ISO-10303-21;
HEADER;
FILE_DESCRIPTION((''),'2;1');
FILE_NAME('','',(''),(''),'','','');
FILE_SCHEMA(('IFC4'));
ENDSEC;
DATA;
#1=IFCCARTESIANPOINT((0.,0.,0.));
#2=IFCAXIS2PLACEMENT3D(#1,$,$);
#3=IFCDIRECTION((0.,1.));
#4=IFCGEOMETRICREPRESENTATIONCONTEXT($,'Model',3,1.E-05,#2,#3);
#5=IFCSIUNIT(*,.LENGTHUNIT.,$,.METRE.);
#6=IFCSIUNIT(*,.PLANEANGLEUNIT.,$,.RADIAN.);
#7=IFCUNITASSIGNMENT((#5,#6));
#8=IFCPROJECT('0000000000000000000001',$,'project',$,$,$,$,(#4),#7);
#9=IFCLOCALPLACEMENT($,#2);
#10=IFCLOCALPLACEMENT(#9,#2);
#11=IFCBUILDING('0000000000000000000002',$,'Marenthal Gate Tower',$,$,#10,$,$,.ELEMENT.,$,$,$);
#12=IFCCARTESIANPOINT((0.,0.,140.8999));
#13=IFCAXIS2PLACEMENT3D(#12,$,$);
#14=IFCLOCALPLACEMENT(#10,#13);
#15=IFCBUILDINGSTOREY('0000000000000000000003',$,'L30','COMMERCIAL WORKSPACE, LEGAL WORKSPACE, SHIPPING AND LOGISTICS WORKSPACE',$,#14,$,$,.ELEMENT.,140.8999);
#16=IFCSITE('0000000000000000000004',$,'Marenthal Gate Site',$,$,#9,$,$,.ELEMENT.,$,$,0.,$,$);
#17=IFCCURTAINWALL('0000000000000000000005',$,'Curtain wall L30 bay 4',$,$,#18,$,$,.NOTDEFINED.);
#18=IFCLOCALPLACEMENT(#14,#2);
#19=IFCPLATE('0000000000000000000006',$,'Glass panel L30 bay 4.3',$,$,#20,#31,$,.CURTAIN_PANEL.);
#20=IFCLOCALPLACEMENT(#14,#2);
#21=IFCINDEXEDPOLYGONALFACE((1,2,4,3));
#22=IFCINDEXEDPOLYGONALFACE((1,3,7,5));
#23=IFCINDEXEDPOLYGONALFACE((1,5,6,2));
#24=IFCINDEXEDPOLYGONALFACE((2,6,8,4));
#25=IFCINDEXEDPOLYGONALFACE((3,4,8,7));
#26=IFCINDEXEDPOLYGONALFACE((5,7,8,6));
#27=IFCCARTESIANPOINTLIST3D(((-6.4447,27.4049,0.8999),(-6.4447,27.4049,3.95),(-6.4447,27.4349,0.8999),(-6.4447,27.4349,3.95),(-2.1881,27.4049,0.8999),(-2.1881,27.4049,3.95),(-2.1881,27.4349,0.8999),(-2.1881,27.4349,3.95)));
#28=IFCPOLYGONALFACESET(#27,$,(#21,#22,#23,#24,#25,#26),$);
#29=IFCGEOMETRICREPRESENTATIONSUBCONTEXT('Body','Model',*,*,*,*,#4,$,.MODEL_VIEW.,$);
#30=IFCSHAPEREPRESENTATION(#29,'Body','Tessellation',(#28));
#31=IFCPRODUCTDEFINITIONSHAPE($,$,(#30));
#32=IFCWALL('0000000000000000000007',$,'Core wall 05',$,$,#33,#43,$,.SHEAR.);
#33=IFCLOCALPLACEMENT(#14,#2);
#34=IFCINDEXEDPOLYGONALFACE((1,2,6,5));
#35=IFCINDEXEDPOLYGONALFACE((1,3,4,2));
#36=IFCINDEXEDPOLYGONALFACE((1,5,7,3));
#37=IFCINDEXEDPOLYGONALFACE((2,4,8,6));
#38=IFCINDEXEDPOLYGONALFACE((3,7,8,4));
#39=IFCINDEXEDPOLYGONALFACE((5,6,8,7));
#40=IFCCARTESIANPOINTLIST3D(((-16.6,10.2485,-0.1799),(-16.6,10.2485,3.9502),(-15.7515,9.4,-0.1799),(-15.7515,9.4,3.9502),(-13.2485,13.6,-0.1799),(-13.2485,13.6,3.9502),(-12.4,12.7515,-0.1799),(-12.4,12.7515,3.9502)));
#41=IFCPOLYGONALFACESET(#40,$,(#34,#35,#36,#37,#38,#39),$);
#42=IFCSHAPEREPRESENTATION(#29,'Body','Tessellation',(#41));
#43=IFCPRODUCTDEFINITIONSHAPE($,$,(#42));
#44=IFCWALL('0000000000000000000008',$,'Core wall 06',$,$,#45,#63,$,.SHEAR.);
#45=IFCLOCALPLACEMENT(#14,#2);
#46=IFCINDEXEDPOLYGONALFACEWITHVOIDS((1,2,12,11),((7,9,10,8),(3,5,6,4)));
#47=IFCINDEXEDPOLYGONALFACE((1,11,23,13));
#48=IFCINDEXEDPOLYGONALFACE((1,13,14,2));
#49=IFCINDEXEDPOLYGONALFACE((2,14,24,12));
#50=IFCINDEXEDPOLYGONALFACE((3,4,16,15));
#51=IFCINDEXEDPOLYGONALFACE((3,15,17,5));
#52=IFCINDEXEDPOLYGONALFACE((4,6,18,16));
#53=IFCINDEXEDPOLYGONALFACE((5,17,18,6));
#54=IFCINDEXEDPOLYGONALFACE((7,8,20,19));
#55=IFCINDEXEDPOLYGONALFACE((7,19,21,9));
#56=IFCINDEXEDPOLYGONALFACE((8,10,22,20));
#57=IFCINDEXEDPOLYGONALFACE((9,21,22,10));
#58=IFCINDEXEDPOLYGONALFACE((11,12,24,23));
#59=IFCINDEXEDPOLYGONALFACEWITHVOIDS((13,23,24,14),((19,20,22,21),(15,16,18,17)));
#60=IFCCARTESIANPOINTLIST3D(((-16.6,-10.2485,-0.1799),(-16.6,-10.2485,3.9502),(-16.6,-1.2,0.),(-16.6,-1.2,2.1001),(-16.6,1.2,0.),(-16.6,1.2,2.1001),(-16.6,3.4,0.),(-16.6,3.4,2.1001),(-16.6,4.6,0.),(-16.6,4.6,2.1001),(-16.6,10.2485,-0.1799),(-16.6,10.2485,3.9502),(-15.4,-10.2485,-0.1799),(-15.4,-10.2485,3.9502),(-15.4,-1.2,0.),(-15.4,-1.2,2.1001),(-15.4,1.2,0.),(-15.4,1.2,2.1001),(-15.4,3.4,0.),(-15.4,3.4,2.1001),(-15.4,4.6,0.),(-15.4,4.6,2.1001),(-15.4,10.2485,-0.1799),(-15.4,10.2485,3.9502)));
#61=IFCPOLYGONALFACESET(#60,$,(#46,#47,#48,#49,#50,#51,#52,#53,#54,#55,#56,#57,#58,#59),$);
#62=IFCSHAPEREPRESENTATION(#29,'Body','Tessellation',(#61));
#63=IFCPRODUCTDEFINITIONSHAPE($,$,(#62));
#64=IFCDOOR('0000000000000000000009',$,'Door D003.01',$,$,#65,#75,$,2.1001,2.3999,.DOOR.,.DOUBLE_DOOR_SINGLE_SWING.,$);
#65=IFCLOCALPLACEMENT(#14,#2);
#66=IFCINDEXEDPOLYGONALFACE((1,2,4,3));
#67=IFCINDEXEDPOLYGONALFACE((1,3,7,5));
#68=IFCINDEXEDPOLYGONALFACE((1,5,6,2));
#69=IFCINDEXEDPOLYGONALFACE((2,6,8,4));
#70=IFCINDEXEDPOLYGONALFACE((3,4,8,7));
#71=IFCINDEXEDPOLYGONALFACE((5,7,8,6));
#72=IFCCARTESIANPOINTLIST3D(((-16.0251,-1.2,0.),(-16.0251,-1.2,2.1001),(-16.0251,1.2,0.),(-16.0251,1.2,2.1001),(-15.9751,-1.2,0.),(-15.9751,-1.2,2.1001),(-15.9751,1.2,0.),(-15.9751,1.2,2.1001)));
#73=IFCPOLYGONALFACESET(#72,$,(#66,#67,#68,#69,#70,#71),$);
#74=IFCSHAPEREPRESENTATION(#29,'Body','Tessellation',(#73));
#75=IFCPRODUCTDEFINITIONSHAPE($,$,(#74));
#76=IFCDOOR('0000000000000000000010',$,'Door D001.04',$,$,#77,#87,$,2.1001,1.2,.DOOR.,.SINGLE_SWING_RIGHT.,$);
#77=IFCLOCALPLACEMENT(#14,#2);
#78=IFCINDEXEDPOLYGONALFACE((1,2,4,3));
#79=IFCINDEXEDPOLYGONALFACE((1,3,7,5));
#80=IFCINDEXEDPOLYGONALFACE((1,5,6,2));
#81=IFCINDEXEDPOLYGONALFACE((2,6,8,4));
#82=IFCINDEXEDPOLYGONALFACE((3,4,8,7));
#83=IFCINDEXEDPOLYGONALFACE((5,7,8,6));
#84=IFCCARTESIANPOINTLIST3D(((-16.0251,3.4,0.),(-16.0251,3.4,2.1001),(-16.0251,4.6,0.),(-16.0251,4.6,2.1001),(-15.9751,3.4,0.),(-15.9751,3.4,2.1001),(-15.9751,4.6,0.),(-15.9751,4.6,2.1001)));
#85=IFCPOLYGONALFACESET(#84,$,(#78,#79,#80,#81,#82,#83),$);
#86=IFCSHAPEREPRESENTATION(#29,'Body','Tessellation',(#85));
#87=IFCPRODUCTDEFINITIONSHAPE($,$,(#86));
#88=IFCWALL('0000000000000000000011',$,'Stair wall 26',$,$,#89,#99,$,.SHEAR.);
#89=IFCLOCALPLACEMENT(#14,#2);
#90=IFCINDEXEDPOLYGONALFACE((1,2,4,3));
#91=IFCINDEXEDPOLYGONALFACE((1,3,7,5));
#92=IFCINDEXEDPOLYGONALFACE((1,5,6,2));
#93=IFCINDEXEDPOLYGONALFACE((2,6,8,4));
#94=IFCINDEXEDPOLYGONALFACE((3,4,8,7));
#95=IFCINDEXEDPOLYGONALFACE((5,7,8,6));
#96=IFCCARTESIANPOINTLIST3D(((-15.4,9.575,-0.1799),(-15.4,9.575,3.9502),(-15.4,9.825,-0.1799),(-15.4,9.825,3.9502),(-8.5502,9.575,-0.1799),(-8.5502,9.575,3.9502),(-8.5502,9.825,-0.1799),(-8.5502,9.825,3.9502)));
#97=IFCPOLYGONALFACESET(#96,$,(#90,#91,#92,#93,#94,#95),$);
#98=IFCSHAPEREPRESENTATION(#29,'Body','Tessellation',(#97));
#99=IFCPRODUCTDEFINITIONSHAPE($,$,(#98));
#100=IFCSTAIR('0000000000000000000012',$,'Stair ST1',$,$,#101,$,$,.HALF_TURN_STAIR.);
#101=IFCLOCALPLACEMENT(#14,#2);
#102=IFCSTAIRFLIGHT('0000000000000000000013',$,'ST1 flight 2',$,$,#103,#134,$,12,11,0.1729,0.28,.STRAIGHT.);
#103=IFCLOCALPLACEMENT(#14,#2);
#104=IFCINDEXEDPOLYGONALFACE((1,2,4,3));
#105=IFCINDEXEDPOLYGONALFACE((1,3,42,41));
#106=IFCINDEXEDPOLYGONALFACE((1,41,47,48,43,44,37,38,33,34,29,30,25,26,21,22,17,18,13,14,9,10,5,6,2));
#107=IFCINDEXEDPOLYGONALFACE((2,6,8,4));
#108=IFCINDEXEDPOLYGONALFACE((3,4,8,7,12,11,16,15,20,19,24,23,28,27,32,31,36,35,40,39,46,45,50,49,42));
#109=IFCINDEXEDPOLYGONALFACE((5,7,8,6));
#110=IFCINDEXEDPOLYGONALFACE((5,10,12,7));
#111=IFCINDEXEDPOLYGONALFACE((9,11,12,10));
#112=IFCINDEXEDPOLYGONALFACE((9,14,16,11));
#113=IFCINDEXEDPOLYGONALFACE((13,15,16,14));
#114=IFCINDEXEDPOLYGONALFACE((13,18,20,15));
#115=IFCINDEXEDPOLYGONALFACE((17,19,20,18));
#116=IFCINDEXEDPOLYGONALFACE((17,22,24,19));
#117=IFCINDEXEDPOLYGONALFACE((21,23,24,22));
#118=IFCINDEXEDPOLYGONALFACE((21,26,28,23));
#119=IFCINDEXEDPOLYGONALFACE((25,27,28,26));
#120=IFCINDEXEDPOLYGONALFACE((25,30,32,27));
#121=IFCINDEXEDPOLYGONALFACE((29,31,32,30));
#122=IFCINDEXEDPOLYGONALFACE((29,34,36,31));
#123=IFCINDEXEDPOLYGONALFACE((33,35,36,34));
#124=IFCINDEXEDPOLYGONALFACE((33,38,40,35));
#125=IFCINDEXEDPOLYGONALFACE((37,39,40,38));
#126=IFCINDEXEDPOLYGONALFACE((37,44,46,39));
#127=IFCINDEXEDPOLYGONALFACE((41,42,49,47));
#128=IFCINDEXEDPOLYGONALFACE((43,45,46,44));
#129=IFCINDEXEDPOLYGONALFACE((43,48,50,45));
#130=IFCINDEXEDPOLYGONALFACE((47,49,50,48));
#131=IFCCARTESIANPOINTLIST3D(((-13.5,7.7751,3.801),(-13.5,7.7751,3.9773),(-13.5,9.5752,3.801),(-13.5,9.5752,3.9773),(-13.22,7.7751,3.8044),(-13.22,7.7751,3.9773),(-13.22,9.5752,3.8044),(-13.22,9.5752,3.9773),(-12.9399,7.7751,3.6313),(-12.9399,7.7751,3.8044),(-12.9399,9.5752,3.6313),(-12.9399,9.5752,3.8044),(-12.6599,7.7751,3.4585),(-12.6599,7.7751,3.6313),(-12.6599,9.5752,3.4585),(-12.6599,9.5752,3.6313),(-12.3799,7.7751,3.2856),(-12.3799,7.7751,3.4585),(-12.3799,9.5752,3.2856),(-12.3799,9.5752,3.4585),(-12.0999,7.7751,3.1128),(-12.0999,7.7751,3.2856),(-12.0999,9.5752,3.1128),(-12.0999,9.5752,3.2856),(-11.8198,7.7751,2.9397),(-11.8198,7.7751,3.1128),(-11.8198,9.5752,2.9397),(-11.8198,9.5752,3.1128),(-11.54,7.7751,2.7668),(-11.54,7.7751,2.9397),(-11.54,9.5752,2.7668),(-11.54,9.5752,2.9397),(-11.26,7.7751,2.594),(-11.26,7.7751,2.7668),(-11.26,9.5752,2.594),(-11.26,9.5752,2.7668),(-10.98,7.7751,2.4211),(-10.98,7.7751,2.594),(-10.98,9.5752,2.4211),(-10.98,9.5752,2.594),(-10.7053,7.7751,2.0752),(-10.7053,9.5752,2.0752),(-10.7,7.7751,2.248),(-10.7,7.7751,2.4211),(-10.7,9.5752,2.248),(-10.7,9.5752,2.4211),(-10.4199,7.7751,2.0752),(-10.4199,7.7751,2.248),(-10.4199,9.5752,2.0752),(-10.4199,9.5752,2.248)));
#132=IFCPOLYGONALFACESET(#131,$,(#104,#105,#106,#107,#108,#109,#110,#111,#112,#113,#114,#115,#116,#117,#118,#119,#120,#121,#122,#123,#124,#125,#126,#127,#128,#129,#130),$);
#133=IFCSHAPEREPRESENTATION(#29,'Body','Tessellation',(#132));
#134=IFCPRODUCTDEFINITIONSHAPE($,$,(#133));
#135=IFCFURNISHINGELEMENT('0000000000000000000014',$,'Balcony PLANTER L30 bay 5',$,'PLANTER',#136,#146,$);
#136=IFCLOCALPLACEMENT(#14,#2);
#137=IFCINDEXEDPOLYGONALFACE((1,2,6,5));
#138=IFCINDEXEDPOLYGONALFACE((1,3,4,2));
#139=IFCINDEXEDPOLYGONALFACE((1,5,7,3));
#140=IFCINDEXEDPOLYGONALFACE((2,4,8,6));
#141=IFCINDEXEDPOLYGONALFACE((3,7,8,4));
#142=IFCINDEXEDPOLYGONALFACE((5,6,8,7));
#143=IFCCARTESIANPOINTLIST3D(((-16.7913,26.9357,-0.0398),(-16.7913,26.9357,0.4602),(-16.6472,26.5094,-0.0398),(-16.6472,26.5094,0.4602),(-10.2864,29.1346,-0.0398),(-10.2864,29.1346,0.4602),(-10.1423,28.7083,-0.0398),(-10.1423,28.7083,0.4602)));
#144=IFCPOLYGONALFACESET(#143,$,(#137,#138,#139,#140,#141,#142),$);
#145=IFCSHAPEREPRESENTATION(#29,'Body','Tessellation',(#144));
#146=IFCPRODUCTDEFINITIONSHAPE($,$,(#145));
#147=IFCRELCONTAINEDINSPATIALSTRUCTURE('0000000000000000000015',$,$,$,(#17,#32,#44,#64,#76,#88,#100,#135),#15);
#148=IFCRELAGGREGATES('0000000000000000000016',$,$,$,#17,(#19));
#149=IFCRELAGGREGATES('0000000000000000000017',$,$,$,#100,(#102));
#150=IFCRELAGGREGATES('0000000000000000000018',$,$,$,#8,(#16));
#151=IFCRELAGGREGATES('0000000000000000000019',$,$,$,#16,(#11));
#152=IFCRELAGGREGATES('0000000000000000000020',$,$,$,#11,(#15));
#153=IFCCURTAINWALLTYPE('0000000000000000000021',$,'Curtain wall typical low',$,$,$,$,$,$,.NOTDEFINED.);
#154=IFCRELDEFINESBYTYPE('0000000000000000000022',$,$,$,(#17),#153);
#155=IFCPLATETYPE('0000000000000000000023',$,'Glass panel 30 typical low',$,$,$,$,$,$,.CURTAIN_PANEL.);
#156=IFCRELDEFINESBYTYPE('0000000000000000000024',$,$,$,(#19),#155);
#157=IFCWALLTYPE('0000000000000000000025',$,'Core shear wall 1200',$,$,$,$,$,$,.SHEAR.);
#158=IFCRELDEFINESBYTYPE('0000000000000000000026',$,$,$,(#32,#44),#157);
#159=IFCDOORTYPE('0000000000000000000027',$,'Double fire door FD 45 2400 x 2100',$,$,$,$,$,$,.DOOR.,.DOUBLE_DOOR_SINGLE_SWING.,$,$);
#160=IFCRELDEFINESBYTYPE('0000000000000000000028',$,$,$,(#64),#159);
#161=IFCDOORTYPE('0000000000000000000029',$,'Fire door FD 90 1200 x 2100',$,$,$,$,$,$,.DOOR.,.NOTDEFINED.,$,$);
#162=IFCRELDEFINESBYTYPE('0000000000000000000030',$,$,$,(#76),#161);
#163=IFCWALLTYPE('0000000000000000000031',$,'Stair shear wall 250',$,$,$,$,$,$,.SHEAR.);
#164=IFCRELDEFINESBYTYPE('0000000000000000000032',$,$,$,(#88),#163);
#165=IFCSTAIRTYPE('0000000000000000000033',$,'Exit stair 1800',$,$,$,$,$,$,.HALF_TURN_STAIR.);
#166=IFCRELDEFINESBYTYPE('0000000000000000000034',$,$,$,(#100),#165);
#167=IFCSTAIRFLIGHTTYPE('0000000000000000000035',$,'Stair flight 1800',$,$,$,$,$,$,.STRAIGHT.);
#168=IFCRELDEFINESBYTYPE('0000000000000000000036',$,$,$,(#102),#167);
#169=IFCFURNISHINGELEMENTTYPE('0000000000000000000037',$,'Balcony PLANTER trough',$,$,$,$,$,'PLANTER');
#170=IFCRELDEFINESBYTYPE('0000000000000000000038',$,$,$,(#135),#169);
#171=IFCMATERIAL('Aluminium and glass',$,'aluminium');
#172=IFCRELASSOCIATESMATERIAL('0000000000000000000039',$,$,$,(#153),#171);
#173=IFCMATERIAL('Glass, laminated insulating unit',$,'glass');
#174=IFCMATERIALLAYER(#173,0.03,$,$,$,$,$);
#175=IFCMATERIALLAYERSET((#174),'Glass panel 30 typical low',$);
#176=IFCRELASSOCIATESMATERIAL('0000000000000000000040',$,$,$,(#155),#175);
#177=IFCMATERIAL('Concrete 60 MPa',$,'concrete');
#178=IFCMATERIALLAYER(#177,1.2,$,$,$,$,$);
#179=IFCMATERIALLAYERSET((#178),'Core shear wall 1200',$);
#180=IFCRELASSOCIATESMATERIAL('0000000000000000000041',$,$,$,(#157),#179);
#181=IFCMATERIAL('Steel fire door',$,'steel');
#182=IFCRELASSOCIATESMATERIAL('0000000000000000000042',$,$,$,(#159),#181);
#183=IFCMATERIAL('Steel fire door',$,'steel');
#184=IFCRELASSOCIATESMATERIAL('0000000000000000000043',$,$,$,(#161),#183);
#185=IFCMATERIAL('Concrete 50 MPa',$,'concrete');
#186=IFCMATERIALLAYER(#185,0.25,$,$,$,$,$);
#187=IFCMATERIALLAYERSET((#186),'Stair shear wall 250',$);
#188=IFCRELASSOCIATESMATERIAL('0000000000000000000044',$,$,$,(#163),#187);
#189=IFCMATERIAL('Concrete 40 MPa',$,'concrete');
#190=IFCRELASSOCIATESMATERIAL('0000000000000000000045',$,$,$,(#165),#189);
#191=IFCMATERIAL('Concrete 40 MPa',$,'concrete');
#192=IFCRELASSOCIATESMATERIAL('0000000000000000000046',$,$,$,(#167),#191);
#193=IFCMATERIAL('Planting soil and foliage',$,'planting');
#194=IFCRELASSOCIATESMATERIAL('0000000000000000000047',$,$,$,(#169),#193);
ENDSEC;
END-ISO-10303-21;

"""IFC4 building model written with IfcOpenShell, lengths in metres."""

from ifc_helpers import new_model, si_unit, direction, frame, frame_2d, origin, origin_2d, place, context, subcontext, project, spatial, polyline, rectangle, outline, extrude, material, layer, layer_set, type_object, element, fill, aggregate, save


model = new_model("IFC4")

# Units and contexts
model_context = context("Model", 3, precision=1e-05, world=origin(), true_north=direction((0.0, 1.0)))
body_context = subcontext(model_context, "Body", "Model", "MODEL_VIEW")
ifc_project = project(units=[si_unit("LENGTHUNIT", "METRE"), si_unit("PLANEANGLEUNIT", "RADIAN")], contexts=[model_context])

# Site, building, storey
site_placement = place(None, origin())
site = spatial("IfcSite", under=ifc_project, at=site_placement, Name="Marenthal Gate Site", CompositionType="ELEMENT", RefElevation=0.0)
building_placement = place(site_placement, origin())
building = spatial("IfcBuilding", under=site, at=building_placement, Name="Marenthal Gate Tower", CompositionType="ELEMENT")
storey_placement = place(building_placement, frame((0.0, 0.0, 140.8999)))
storey = spatial("IfcBuildingStorey", under=building, at=storey_placement, Name="L30", Description="COMMERCIAL WORKSPACE, LEGAL WORKSPACE, SHIPPING AND LOGISTICS WORKSPACE", CompositionType="ELEMENT", Elevation=140.8999)

# Curtain wall
ifc_material_1 = material(Name="Aluminium and glass", Category="aluminium")
curtain_wall_type = type_object("IfcCurtainWallType", Name="Curtain wall typical low", PredefinedType="NOTDEFINED", material=ifc_material_1)
curtain_wall_placement = place(storey_placement, origin())
curtain_wall = element("IfcCurtainWall", 1, at=curtain_wall_placement, inside=storey, type_object=curtain_wall_type, Name="Curtain wall L30 bay 4", PredefinedType="NOTDEFINED")

# Plate
ifc_material_2 = material(Name="Glass, laminated insulating unit", Category="glass")
ifc_layer_1 = layer(ifc_material_2, 0.03)
ifc_layer_set_1 = layer_set([ifc_layer_1], Name="Glass panel 30 typical low")
plate_type = type_object("IfcPlateType", Name="Glass panel 30 typical low", PredefinedType="CURTAIN_PANEL", material=ifc_layer_set_1)
plate_placement = place(storey_placement, frame((-4.3164, 27.4199, 0.8999), z_axis=(0.0, 0.0, 1.0), x_axis=(-1.0, 0.0, 0.0)))
plate = element("IfcPlate", 2, at=plate_placement, type_object=plate_type, Name="Glass panel L30 bay 4.3", PredefinedType="CURTAIN_PANEL", context=body_context, shape_type="SweptSolid", body=[
    extrude(rectangle(XDim=4.2566, YDim=0.03, at=origin_2d()), origin(), (0.0, 0.0, 1.0), 3.05),
])
aggregate(curtain_wall, [plate])

# Wall
ifc_material_3 = material(Name="Concrete 60 MPa", Category="concrete")
ifc_layer_2 = layer(ifc_material_3, 1.2)
ifc_layer_set_2 = layer_set([ifc_layer_2], Name="Core shear wall 1200")
wall_type_1 = type_object("IfcWallType", Name="Core shear wall 1200", PredefinedType="SHEAR", material=ifc_layer_set_2)
wall_1_placement = place(storey_placement, frame((-12.8242, 13.1758, -0.1799), z_axis=(0.0, 0.0, 1.0), x_axis=(-0.707107, -0.707107, 0.0)))
element("IfcWall", 3, at=wall_1_placement, inside=storey, type_object=wall_type_1, Name="Core wall 05", PredefinedType="SHEAR", context=body_context, shape_type="SweptSolid", body=[
    extrude(rectangle(XDim=4.7397, YDim=1.2, at=frame_2d((2.3699, 0.0))), origin(), (0.0, 0.0, 1.0), 4.1301),
])

# Wall, openings, doors
wall_2_placement = place(storey_placement, frame((-16.0, 10.2485, -0.1799), z_axis=(0.0, 0.0, 1.0), x_axis=(0.0, -1.0, 0.0)))
wall_2 = element("IfcWall", 4, at=wall_2_placement, inside=storey, type_object=wall_type_1, Name="Core wall 06", PredefinedType="SHEAR", context=body_context, shape_type="SweptSolid", body=[
    extrude(rectangle(XDim=20.4971, YDim=1.2, at=frame_2d((10.2485, 0.0))), origin(), (0.0, 0.0, 1.0), 4.1301),
])
opening_1_placement = place(wall_2_placement, frame((9.0486, 0.0, 0.1799)))
opening_1 = element("IfcOpeningElement", 5, at=opening_1_placement, cuts=wall_2, PredefinedType="OPENING", context=body_context, shape_type="SweptSolid", body=[
    extrude(rectangle(XDim=2.3999, YDim=2.1001, at=frame_2d((1.2, 1.05))), frame((0.0, 0.6099, 0.0), z_axis=(0.0, -1.0, 0.0), x_axis=(1.0, 0.0, 0.0)), (0.0, 0.0, 1.0), 1.22),
])
opening_2_placement = place(wall_2_placement, frame((5.6484, 0.0, 0.1799)))
opening_2 = element("IfcOpeningElement", 6, at=opening_2_placement, cuts=wall_2, PredefinedType="OPENING", context=body_context, shape_type="SweptSolid", body=[
    extrude(rectangle(XDim=1.2, YDim=2.1001, at=frame_2d((0.6001, 1.05))), frame((0.0, 0.6099, 0.0), z_axis=(0.0, -1.0, 0.0), x_axis=(1.0, 0.0, 0.0)), (0.0, 0.0, 1.0), 1.22),
])
ifc_material_4 = material(Name="Steel fire door", Category="steel")
door_type_1 = type_object("IfcDoorType", Name="Double fire door FD 45 2400 x 2100", OperationType="DOUBLE_DOOR_SINGLE_SWING", PredefinedType="DOOR", material=ifc_material_4)
door_1_placement = place(opening_1_placement, origin())
door_1 = element("IfcDoor", 7, at=door_1_placement, inside=storey, type_object=door_type_1, Name="Door D003.01", OperationType="DOUBLE_DOOR_SINGLE_SWING", OverallHeight=2.1001, OverallWidth=2.3999, PredefinedType="DOOR", context=body_context, shape_type="SweptSolid", body=[
    extrude(rectangle(XDim=2.3999, YDim=2.1001, at=frame_2d((1.2, 1.05))), frame((0.0, 0.0249, 0.0), z_axis=(0.0, -1.0, 0.0), x_axis=(1.0, 0.0, 0.0)), (0.0, 0.0, 1.0), 0.05),
])
fill(opening_1, door_1)
ifc_material_5 = material(Name="Steel fire door", Category="steel")
door_type_2 = type_object("IfcDoorType", Name="Fire door FD 90 1200 x 2100", OperationType="NOTDEFINED", PredefinedType="DOOR", material=ifc_material_5)
door_2_placement = place(opening_2_placement, origin())
door_2 = element("IfcDoor", 8, at=door_2_placement, inside=storey, type_object=door_type_2, Name="Door D001.04", OperationType="SINGLE_SWING_RIGHT", OverallHeight=2.1001, OverallWidth=1.2, PredefinedType="DOOR", context=body_context, shape_type="SweptSolid", body=[
    extrude(rectangle(XDim=1.2, YDim=2.1001, at=frame_2d((0.6001, 1.05))), frame((0.0, 0.0249, 0.0), z_axis=(0.0, -1.0, 0.0), x_axis=(1.0, 0.0, 0.0)), (0.0, 0.0, 1.0), 0.05),
])
fill(opening_2, door_2)

# Wall
ifc_material_6 = material(Name="Concrete 50 MPa", Category="concrete")
ifc_layer_3 = layer(ifc_material_6, 0.25)
ifc_layer_set_3 = layer_set([ifc_layer_3], Name="Stair shear wall 250")
wall_type_2 = type_object("IfcWallType", Name="Stair shear wall 250", PredefinedType="SHEAR", material=ifc_layer_set_3)
wall_3_placement = place(storey_placement, frame((-15.3999, 9.7, -0.1799), z_axis=(0.0, 0.0, 1.0), x_axis=(1.0, 0.0, 0.0)))
element("IfcWall", 9, at=wall_3_placement, inside=storey, type_object=wall_type_2, Name="Stair wall 26", PredefinedType="SHEAR", context=body_context, shape_type="SweptSolid", body=[
    extrude(rectangle(XDim=6.8499, YDim=0.25, at=frame_2d((3.4248, 0.0))), origin(), (0.0, 0.0, 1.0), 4.1301),
])

# Stair, stair flight
ifc_material_7 = material(Name="Concrete 40 MPa", Category="concrete")
stair_type = type_object("IfcStairType", Name="Exit stair 1800", PredefinedType="HALF_TURN_STAIR", material=ifc_material_7)
stair_placement = place(storey_placement, origin())
stair = element("IfcStair", 10, at=stair_placement, inside=storey, type_object=stair_type, Name="Stair ST1", PredefinedType="HALF_TURN_STAIR")
ifc_material_8 = material(Name="Concrete 40 MPa", Category="concrete")
stair_flight_type = type_object("IfcStairFlightType", Name="Stair flight 1800", PredefinedType="STRAIGHT", material=ifc_material_8)
stair_flight_placement = place(storey_placement, frame((-10.4199, 8.675, 2.0752), z_axis=(0.0, 0.0, 1.0), x_axis=(-1.0, 0.0, 0.0)))
stair_flight = element("IfcStairFlight", 11, at=stair_flight_placement, type_object=stair_flight_type, Name="ST1 flight 2", NumberOfRisers=12, NumberOfTreads=11, PredefinedType="STRAIGHT", RiserHeight=0.1729, TreadLength=0.28, context=body_context, shape_type="SweptSolid", body=[
    extrude(outline(polyline([(0.0, 0.0), (0.0, 0.1729), (0.28, 0.1729), (0.28, 0.3459), (0.5601, 0.3459), (0.5601, 0.5188), (0.8401, 0.5188), (0.8401, 0.6917), (1.1201, 0.6917), (1.1201, 0.8645), (1.3999, 0.8645), (1.3999, 1.0376), (1.6799, 1.0376), (1.6799, 1.2104), (1.96, 1.2104), (1.96, 1.3833), (2.24, 1.3833), (2.24, 1.5562), (2.52, 1.5562), (2.52, 1.7292), (2.8, 1.7292), (2.8, 1.9021), (3.0801, 1.9021), (3.0801, 2.075), (3.0801, 1.7258), (0.2854, 0.0), (0.0, 0.0)])), frame((0.0, 0.8999, 0.0), z_axis=(0.0, -1.0, 0.0), x_axis=(1.0, 0.0, 0.0)), (0.0, 0.0, 1.0), 1.8),
])
aggregate(stair, [stair_flight])

# Furnishing element
ifc_material_9 = material(Name="Planting soil and foliage", Category="planting")
furnishing_element_type = type_object("IfcFurnishingElementType", Name="Balcony PLANTER trough", ElementType="PLANTER", material=ifc_material_9)
furnishing_placement = place(storey_placement, frame((-13.4668, 27.822, -0.0398), z_axis=(0.0, 0.0, 1.0), x_axis=(-0.947338, -0.320236, 0.0)))
element("IfcFurnishingElement", 12, at=furnishing_placement, inside=storey, type_object=furnishing_element_type, Name="Balcony PLANTER L30 bay 5", ObjectType="PLANTER", context=body_context, shape_type="SweptSolid", body=[
    extrude(rectangle(XDim=6.8665, YDim=0.45, at=origin_2d()), origin(), (0.0, 0.0, 1.0), 0.5),
])

save(model, "model.ifc")
